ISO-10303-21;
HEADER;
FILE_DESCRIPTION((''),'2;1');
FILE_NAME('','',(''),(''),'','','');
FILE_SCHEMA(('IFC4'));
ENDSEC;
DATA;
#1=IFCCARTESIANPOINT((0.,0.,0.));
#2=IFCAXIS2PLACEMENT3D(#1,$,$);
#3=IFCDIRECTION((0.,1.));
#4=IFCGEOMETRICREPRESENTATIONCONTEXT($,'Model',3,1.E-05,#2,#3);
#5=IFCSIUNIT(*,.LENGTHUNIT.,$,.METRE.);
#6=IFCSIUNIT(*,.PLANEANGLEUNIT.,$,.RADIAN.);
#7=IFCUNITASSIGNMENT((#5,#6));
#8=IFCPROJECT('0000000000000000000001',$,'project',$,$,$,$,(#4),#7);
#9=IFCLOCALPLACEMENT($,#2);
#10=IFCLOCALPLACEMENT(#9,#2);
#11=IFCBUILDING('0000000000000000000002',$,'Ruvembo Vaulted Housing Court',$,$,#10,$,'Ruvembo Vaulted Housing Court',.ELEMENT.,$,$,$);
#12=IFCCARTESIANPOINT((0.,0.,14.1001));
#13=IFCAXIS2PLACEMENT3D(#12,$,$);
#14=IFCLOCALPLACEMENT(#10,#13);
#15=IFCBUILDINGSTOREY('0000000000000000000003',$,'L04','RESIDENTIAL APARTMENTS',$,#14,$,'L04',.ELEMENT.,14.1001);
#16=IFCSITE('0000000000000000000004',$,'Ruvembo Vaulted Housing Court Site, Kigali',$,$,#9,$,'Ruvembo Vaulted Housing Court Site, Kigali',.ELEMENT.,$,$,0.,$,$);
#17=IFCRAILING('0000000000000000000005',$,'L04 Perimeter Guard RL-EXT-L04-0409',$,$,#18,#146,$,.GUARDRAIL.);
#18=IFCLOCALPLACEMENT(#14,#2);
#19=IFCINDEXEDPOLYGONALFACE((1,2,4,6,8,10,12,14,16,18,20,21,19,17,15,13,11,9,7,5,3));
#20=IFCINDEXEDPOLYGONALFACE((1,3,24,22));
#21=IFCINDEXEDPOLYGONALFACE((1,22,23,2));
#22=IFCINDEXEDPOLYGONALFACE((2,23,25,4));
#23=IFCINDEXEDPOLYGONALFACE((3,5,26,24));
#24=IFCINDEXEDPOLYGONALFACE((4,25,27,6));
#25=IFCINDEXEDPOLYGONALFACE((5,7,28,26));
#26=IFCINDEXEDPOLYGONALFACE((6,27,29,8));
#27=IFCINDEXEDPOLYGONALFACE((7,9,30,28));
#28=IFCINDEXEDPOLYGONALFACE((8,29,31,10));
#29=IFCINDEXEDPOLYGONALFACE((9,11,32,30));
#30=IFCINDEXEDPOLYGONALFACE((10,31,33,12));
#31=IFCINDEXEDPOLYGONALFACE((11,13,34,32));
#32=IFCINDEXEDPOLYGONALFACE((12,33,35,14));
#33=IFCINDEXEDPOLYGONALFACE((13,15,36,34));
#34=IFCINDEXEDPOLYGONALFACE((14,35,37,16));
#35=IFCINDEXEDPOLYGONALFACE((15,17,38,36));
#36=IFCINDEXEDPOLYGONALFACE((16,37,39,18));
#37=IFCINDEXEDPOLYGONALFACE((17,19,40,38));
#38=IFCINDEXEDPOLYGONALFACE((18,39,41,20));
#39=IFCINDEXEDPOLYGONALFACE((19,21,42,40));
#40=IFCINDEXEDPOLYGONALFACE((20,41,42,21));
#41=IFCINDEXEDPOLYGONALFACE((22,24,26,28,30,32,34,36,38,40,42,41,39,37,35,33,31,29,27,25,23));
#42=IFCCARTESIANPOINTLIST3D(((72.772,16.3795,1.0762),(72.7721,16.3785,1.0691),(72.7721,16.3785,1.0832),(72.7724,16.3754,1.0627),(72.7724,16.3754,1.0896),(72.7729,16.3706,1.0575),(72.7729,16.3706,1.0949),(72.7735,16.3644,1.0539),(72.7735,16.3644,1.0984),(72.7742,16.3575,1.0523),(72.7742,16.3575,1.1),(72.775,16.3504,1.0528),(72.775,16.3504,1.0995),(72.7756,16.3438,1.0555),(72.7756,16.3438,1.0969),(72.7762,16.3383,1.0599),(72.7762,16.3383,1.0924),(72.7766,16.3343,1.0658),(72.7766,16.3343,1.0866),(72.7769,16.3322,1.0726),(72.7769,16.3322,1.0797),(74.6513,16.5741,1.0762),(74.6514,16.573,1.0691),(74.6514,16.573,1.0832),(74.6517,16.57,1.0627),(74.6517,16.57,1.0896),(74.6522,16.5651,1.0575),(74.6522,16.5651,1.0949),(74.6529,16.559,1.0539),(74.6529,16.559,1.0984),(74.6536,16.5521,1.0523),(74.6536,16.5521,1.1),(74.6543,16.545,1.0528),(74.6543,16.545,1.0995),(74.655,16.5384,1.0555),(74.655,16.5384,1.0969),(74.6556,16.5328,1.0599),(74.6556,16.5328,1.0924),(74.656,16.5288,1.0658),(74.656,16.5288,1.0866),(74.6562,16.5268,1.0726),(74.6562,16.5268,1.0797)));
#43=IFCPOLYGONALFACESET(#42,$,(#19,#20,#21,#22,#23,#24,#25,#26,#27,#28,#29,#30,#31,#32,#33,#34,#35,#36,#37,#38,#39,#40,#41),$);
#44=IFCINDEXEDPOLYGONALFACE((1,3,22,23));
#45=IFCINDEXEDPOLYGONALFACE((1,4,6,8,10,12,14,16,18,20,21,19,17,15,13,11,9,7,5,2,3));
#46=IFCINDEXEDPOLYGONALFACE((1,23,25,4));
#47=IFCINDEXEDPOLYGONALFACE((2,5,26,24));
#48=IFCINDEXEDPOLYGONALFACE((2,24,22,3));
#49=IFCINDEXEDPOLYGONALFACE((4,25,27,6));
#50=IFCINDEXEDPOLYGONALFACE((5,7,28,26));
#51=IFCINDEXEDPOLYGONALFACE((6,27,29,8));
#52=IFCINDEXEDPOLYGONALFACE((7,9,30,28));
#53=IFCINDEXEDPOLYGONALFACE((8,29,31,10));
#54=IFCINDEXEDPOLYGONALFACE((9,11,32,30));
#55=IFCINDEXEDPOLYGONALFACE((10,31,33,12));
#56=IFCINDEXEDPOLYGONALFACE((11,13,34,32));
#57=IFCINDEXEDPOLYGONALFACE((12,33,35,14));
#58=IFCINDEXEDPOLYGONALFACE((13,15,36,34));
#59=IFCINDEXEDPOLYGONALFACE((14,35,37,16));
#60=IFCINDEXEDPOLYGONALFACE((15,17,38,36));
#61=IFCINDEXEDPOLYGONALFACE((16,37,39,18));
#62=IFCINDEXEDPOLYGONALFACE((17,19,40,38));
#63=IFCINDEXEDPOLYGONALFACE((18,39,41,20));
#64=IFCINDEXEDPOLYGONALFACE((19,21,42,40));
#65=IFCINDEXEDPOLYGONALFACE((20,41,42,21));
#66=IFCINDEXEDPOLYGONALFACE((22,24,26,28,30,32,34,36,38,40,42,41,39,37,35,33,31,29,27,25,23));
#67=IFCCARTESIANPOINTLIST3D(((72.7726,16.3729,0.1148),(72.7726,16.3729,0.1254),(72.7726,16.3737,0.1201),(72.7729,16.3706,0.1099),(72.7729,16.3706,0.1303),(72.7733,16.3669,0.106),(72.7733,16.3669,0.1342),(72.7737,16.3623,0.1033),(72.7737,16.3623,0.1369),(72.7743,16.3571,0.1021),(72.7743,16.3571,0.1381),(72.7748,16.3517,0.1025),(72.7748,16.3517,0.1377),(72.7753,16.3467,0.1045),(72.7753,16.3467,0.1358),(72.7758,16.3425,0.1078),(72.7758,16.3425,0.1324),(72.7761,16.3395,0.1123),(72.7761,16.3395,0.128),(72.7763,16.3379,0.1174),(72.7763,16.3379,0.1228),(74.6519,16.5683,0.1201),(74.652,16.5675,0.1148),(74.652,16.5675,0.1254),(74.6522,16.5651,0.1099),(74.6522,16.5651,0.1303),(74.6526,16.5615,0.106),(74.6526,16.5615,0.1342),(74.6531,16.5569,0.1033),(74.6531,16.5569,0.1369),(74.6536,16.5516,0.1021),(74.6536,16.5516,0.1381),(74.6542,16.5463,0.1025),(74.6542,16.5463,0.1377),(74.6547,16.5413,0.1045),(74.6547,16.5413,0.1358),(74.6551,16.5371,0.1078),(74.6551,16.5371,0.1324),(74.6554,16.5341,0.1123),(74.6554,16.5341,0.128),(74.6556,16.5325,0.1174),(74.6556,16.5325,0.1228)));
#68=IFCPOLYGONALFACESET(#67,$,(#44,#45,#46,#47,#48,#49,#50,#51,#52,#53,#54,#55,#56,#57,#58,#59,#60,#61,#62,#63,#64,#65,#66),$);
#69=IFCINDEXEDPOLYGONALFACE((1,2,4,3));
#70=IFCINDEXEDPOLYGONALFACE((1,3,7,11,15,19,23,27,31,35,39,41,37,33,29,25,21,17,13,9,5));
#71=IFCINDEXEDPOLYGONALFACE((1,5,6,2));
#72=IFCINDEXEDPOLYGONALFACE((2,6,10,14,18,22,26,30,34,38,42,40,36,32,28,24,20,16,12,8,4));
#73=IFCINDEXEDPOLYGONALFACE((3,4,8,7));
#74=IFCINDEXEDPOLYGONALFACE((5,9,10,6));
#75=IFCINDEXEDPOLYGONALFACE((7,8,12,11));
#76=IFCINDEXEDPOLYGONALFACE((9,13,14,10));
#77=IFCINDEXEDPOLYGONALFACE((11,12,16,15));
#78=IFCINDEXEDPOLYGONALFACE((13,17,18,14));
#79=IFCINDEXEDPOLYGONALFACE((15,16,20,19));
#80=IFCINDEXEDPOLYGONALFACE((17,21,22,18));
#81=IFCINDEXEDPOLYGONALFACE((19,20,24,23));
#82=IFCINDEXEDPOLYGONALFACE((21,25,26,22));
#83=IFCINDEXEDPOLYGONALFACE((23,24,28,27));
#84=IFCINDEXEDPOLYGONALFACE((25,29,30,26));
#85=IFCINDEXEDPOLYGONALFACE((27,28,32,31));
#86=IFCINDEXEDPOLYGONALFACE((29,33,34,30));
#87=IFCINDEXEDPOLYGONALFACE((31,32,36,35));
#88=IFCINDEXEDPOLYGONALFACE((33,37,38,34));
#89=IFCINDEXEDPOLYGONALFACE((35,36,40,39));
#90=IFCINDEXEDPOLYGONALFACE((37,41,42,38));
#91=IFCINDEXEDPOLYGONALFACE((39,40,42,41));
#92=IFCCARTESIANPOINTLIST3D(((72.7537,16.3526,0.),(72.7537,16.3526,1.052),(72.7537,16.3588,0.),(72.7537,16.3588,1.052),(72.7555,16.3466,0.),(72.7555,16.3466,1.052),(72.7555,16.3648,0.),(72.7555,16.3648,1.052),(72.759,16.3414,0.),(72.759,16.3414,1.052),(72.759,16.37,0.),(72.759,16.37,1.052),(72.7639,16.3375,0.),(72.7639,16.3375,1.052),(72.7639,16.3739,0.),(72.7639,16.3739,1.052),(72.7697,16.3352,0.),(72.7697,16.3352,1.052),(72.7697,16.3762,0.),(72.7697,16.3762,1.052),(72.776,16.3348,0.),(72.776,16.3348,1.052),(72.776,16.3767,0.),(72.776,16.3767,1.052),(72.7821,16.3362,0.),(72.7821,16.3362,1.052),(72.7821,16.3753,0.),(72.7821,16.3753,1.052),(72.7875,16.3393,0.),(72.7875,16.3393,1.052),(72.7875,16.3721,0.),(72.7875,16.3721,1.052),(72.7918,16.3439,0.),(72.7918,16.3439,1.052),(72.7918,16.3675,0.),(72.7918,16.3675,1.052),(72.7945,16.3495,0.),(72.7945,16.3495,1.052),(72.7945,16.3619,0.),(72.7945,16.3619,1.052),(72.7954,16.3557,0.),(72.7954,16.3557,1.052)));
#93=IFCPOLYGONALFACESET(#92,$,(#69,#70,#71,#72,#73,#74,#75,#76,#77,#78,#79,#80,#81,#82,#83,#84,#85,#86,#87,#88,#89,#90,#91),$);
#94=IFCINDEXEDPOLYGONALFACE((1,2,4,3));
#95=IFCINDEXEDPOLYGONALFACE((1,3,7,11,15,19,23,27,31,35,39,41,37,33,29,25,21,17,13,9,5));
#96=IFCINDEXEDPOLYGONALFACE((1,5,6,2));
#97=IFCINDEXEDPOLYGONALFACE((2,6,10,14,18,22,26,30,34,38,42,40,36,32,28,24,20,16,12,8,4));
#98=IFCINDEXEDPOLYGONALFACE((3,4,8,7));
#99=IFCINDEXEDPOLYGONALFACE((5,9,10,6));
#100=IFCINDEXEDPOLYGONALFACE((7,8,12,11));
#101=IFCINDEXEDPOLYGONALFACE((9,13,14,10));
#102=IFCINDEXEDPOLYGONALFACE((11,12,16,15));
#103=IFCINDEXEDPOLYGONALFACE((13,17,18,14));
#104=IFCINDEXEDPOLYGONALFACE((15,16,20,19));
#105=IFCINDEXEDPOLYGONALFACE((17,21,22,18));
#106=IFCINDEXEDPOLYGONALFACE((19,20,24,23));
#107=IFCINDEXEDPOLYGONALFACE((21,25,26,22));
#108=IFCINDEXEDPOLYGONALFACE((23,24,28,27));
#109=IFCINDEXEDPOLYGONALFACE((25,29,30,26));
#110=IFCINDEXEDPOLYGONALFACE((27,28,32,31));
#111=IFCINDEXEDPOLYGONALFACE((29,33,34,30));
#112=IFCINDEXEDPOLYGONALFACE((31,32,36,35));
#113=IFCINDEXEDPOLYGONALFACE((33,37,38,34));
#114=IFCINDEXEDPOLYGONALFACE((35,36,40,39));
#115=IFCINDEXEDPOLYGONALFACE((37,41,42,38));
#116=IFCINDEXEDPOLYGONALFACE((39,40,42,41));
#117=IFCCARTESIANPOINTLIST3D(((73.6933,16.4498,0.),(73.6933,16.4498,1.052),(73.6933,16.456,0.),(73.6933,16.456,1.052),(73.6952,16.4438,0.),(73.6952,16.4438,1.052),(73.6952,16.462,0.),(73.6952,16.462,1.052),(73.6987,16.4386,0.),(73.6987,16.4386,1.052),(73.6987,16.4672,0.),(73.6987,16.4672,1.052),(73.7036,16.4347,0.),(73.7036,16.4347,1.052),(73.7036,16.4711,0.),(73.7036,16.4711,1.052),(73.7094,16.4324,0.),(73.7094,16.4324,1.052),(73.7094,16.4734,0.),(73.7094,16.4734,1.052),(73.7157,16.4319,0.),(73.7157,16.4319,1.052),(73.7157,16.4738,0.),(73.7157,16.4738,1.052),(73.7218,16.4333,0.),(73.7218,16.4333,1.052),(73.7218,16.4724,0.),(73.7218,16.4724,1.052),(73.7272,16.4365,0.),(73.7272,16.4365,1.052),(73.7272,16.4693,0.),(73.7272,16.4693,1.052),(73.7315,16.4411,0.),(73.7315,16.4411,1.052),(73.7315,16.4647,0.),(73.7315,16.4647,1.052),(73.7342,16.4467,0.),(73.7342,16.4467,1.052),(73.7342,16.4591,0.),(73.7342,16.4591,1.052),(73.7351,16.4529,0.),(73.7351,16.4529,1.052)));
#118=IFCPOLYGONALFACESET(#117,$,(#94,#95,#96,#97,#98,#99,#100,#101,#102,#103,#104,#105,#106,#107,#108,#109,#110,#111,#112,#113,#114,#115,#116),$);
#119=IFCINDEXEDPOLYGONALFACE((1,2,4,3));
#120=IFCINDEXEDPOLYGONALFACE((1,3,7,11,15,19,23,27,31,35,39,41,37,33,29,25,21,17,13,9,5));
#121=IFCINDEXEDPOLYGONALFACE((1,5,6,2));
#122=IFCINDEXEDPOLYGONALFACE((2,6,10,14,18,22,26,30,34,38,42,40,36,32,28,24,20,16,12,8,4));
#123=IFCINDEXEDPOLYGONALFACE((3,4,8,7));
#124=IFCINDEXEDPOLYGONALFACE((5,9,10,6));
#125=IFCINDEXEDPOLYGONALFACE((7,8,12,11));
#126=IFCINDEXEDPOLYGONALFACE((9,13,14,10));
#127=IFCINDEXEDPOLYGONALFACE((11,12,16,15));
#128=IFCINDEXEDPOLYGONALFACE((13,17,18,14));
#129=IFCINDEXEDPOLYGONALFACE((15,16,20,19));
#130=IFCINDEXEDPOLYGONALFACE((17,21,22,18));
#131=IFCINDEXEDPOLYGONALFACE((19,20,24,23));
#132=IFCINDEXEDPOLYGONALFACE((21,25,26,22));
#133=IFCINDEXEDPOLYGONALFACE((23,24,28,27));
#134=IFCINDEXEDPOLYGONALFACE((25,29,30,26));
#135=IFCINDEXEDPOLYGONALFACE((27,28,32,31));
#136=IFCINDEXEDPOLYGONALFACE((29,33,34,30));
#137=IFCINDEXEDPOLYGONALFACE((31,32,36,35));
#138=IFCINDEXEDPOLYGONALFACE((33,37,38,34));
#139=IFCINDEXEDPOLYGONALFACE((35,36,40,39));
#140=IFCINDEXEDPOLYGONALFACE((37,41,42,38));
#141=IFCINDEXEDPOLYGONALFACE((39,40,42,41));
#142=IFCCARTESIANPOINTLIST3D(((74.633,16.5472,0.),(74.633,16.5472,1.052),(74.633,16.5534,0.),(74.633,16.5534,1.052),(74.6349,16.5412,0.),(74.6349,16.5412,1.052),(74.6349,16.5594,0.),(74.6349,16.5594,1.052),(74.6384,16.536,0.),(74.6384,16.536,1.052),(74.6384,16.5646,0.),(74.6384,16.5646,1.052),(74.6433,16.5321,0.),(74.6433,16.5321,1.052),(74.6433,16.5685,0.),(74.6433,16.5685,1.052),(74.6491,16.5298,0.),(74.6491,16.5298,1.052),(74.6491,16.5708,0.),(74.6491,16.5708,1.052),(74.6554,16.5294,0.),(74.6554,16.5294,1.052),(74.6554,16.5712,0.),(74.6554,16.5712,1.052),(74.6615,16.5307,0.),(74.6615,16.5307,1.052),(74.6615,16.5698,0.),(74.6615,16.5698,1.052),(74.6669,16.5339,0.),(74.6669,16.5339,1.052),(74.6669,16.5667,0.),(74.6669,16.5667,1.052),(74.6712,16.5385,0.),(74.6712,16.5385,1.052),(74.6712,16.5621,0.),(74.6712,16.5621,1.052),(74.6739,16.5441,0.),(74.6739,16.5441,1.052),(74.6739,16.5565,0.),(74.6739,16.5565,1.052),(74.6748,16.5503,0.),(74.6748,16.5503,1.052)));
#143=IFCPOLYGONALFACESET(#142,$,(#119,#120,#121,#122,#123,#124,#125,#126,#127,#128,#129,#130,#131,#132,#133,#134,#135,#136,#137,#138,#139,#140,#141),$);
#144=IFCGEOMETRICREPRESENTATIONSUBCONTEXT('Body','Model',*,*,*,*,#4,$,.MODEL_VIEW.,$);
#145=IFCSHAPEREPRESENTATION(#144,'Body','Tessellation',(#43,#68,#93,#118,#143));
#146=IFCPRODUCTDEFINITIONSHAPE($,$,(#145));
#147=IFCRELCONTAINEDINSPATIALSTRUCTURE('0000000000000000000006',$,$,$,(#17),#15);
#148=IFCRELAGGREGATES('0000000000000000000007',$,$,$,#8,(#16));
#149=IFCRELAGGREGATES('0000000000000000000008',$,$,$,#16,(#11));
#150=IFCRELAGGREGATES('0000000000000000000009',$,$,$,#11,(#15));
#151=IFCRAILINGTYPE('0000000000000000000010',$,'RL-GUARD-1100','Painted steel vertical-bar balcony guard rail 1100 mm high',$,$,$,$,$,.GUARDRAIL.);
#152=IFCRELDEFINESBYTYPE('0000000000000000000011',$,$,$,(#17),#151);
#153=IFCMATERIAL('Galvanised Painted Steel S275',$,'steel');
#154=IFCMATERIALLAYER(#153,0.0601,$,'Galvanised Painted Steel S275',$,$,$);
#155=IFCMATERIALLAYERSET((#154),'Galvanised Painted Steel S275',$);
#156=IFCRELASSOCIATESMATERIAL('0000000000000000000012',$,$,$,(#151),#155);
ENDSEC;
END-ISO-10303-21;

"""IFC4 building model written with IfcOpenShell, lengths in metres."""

from ifc_helpers import new_model, si_unit, direction, frame, origin, origin_2d, place, context, subcontext, project, spatial, circle, extrude, material, layer, layer_set, type_object, element, save


model = new_model("IFC4")

# Units and contexts
model_context = context("Model", 3, precision=1e-05, world=origin(), true_north=direction((0.0, 1.0)))
body_context = subcontext(model_context, "Body", "Model", "MODEL_VIEW")
ifc_project = project(units=[si_unit("LENGTHUNIT", "METRE"), si_unit("PLANEANGLEUNIT", "RADIAN")], contexts=[model_context])

# Site, building, storey
site_placement = place(None, origin())
site = spatial("IfcSite", under=ifc_project, at=site_placement, Name="Ruvembo Vaulted Housing Court Site, Kigali", LongName="Ruvembo Vaulted Housing Court Site, Kigali", CompositionType="ELEMENT", RefElevation=0.0)
building_placement = place(site_placement, origin())
building = spatial("IfcBuilding", under=site, at=building_placement, Name="Ruvembo Vaulted Housing Court", LongName="Ruvembo Vaulted Housing Court", CompositionType="ELEMENT")
storey_placement = place(building_placement, frame((0.0, 0.0, 14.1001)))
storey = spatial("IfcBuildingStorey", under=building, at=storey_placement, Name="L04", Description="RESIDENTIAL APARTMENTS", LongName="L04", CompositionType="ELEMENT", Elevation=14.1001)

# Railing
ifc_material_1 = material(Name="Galvanised Painted Steel S275", Category="steel")
ifc_layer = layer(ifc_material_1, 0.0601, Name="Galvanised Painted Steel S275")
ifc_layer_set = layer_set([ifc_layer], Name="Galvanised Painted Steel S275")
railing_type = type_object("IfcRailingType", Name="RL-GUARD-1100", Description="Painted steel vertical-bar balcony guard rail 1100 mm high", PredefinedType="GUARDRAIL", material=ifc_layer_set)
railing_1_placement = place(storey_placement, frame((72.7744, 16.3557, 0.0)))
element("IfcRailing", 1, at=railing_1_placement, inside=storey, type_object=railing_type, Name="L04 Perimeter Guard RL-EXT-L04-0409", PredefinedType="GUARDRAIL", context=body_context, shape_type="SweptSolid", body=[
    extrude(circle(Radius=0.0239, at=origin_2d()), frame((0.0, 0.0, 1.0762), z_axis=(0.994683, 0.102983, 0.0), x_axis=(-0.102983, 0.994683, 0.0)), (0.0, 0.0, 1.0), 1.8894),
    extrude(circle(Radius=0.0181, at=origin_2d()), frame((0.0, 0.0, 0.1201), z_axis=(0.994683, 0.102983, 0.0), x_axis=(-0.102983, 0.994683, 0.0)), (0.0, 0.0, 1.0), 1.8894),
    extrude(circle(Radius=0.021, at=origin_2d()), origin(), (0.0, 0.0, 1.0), 1.052),
    extrude(circle(Radius=0.021, at=origin_2d()), frame((0.9397, 0.0972, 0.0)), (0.0, 0.0, 1.0), 1.052),
    extrude(circle(Radius=0.021, at=origin_2d()), frame((1.8794, 0.1946, 0.0)), (0.0, 0.0, 1.0), 1.052),
])

save(model, "model.ifc")
